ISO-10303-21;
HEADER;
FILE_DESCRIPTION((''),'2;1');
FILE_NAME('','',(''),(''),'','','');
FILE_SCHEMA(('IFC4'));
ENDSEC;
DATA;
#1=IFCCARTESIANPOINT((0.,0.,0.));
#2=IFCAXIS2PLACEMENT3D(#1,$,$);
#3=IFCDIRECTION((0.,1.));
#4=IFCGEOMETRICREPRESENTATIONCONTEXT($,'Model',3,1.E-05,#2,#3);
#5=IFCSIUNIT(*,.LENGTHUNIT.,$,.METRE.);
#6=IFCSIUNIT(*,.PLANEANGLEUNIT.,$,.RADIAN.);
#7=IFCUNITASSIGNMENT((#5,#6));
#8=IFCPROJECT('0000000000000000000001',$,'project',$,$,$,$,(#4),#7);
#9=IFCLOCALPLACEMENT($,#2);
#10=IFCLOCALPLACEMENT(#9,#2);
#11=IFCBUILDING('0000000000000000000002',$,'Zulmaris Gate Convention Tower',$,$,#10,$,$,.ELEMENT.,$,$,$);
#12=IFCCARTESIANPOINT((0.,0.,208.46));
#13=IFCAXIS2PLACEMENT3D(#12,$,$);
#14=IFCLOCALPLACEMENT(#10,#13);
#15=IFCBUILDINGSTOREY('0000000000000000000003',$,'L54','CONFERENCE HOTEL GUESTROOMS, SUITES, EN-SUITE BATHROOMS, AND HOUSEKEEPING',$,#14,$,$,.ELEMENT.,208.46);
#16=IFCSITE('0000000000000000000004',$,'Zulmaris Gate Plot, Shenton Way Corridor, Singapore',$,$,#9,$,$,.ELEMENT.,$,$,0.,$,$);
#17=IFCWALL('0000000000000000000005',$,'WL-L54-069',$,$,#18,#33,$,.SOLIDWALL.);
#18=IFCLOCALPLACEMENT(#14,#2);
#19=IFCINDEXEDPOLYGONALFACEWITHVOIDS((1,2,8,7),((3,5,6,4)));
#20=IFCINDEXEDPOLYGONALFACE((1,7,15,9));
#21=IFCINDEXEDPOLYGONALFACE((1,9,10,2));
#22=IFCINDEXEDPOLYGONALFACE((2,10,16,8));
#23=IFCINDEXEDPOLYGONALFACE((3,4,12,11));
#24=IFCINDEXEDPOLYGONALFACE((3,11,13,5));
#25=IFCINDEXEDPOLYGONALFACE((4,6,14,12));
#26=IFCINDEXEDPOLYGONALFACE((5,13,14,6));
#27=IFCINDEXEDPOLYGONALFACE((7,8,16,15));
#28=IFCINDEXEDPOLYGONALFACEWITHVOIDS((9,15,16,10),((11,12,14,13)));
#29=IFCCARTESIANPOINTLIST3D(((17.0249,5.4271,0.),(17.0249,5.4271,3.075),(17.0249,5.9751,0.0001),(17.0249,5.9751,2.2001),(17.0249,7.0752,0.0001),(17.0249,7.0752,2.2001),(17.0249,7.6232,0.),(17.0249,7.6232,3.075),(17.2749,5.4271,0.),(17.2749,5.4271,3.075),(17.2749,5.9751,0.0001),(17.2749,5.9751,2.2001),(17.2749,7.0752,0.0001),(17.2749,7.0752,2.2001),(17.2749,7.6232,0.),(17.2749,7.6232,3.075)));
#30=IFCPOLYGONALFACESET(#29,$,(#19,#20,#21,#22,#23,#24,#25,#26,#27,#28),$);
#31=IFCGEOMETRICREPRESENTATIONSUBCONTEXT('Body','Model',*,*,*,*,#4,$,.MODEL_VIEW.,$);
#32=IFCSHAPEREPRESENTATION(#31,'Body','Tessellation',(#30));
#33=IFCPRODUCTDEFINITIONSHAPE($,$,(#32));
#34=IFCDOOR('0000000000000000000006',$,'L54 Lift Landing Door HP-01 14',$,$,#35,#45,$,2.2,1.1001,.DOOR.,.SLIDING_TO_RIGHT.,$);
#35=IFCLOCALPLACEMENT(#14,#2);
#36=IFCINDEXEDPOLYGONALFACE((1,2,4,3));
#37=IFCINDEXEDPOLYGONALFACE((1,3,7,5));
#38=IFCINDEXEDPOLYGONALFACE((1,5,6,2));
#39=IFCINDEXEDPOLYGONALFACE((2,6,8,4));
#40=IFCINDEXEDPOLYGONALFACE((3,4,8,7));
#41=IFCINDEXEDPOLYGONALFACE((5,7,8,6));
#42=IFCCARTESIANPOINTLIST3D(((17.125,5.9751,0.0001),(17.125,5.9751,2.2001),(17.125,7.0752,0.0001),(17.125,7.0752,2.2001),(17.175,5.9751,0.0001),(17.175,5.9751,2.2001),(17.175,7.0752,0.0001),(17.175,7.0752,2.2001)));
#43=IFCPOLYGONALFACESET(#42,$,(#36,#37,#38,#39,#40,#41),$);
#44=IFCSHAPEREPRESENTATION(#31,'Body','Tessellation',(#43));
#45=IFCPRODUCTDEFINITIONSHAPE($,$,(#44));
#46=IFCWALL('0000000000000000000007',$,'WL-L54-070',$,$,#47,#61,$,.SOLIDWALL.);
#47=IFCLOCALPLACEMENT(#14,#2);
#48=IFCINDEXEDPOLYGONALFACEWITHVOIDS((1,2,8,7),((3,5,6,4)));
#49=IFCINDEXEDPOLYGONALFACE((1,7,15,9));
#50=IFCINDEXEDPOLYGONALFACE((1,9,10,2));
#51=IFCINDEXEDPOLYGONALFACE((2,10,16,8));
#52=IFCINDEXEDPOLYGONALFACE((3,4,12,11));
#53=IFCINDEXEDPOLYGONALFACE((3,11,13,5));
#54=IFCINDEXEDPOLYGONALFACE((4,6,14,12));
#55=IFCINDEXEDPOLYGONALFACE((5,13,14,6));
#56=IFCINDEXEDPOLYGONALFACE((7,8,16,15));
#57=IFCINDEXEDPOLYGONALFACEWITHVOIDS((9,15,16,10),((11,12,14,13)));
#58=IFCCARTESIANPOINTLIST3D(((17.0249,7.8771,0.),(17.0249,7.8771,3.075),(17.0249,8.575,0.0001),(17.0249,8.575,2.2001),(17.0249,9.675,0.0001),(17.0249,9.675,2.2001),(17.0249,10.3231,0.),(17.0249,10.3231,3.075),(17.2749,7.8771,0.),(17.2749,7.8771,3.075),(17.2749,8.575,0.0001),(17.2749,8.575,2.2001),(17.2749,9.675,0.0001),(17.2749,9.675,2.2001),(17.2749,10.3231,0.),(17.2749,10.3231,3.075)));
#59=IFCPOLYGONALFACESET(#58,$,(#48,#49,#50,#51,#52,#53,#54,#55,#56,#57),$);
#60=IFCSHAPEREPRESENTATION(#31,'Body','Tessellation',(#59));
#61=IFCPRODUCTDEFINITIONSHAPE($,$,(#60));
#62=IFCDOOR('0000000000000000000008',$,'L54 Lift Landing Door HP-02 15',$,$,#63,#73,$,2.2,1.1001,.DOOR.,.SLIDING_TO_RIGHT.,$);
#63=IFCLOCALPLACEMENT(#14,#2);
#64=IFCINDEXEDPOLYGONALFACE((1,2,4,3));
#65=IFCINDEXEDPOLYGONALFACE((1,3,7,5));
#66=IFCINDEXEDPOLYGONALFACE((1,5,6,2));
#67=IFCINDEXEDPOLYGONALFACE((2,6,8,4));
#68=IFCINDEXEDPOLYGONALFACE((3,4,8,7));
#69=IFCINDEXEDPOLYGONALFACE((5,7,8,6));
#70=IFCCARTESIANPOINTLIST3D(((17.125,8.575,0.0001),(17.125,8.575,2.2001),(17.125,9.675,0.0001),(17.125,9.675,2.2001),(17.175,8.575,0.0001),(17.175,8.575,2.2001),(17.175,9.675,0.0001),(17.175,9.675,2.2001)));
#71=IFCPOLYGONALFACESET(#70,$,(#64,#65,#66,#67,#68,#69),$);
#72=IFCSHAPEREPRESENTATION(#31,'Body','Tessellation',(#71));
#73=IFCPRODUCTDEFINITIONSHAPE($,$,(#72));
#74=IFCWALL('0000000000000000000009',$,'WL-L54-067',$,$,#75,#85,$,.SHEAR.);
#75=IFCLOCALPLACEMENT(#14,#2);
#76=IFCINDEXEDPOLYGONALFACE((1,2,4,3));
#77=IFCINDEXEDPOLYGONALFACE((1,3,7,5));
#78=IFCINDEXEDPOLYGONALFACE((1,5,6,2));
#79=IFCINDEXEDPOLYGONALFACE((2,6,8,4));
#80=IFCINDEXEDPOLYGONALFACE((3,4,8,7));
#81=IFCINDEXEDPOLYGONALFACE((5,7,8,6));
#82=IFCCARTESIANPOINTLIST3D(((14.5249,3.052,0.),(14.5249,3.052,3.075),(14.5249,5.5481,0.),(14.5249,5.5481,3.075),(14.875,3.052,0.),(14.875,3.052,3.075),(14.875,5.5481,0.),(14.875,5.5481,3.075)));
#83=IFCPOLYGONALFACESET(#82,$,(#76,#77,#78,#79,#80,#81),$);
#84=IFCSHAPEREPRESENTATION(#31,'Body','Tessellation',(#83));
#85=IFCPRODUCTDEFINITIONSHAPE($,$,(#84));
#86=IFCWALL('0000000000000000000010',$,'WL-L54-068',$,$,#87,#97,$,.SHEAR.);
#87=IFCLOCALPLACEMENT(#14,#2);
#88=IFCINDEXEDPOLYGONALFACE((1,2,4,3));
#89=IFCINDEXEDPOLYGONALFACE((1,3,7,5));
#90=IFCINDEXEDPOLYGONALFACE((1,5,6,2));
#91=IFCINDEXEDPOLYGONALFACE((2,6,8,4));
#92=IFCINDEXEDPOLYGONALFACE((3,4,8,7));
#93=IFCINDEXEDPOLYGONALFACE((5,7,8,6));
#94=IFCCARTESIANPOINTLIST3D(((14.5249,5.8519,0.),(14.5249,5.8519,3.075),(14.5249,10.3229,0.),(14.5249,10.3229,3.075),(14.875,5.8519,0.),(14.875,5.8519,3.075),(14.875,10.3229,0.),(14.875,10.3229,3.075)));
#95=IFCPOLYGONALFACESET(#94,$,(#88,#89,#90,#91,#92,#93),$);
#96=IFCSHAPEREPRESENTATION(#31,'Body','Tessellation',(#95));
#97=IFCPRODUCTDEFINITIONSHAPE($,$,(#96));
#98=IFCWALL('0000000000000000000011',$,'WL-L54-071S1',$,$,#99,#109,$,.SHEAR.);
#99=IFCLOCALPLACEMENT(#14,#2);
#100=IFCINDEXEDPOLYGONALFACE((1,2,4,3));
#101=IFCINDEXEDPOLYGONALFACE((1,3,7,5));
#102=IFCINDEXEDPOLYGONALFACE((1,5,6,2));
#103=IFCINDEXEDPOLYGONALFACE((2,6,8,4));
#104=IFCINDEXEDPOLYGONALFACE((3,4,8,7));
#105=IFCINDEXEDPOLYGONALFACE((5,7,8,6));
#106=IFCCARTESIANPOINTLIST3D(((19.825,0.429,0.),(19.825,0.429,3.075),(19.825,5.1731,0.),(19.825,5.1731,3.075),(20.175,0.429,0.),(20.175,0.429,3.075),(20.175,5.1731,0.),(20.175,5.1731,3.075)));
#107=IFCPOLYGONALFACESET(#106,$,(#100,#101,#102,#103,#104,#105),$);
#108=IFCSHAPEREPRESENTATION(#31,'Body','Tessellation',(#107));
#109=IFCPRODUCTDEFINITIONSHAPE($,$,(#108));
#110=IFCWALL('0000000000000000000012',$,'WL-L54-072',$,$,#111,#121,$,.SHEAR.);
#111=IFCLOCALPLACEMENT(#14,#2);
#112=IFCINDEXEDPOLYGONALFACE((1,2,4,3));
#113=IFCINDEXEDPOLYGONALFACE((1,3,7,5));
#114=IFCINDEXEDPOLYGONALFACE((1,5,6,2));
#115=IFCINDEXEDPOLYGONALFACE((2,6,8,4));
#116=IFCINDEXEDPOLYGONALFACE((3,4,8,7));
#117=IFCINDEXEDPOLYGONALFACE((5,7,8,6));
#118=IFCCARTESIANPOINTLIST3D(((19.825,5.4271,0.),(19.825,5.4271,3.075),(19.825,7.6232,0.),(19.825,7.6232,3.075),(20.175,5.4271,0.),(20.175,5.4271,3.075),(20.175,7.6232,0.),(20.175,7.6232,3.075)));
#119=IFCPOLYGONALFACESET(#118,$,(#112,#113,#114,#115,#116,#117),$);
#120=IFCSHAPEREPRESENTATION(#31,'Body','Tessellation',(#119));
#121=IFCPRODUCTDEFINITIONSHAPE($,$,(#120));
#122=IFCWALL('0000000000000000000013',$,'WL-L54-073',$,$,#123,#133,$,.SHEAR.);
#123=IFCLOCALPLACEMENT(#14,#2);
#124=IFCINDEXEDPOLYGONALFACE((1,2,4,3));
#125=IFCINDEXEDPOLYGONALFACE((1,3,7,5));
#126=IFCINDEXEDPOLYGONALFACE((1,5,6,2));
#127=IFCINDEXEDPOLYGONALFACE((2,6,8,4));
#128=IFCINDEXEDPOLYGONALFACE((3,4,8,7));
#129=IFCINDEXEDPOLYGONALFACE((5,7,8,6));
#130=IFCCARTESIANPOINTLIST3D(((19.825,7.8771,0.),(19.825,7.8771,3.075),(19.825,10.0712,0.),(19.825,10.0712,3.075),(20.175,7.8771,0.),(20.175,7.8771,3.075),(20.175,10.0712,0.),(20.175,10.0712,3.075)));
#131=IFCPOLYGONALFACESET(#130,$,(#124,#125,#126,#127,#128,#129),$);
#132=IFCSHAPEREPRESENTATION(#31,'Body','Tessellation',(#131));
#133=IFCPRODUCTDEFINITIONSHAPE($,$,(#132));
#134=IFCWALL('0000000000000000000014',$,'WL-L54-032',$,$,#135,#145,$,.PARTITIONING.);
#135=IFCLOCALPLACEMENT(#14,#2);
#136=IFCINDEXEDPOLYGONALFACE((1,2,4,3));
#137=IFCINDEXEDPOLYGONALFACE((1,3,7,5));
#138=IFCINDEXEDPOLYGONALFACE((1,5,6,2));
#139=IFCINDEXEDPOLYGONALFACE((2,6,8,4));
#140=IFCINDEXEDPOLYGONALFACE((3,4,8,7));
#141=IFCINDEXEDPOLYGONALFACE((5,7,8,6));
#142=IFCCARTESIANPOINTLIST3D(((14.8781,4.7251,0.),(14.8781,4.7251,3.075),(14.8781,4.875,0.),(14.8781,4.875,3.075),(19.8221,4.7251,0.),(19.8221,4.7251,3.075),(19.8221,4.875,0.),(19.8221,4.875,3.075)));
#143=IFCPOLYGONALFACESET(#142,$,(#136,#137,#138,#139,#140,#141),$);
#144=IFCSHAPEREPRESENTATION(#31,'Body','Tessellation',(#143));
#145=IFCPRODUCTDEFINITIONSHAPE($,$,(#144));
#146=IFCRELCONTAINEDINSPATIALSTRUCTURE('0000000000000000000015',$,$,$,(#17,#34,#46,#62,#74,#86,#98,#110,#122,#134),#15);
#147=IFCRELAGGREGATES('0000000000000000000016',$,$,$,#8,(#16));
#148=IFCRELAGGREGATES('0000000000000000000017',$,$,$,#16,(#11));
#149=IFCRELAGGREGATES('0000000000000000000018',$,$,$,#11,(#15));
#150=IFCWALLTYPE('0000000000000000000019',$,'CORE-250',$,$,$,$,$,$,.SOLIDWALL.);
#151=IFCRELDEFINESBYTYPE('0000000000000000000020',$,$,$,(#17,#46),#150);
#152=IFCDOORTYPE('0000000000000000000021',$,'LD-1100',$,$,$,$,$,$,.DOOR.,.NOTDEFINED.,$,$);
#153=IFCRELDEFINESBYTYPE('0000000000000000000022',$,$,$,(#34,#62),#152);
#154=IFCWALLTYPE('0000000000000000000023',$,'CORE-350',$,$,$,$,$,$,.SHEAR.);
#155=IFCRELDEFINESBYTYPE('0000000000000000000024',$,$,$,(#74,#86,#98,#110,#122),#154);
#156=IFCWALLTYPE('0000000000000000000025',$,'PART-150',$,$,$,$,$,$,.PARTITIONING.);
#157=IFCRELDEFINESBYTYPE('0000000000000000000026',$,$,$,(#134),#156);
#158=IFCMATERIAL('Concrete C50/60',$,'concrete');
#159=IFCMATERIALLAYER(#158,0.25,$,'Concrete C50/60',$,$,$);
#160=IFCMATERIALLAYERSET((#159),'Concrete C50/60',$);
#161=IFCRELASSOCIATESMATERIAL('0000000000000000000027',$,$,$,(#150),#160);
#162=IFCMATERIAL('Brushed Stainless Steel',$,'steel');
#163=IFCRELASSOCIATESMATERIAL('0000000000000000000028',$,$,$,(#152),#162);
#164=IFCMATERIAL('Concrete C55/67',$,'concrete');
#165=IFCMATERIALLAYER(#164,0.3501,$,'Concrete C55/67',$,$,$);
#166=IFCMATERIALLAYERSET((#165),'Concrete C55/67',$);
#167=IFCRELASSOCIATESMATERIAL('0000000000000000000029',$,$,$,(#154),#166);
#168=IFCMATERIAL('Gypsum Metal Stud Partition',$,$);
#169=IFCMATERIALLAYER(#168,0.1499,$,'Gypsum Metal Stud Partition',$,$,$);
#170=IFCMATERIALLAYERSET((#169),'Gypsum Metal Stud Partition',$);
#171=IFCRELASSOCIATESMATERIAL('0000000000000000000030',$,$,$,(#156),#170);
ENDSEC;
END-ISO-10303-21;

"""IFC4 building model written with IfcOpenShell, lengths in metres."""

from ifc_helpers import new_model, si_unit, direction, frame, frame_2d, origin, place, context, subcontext, project, spatial, rectangle, extrude, material, layer, layer_set, type_object, element, fill, save


model = new_model("IFC4")

# Units and contexts
model_context = context("Model", 3, precision=1e-05, world=origin(), true_north=direction((0.0, 1.0)))
body_context = subcontext(model_context, "Body", "Model", "MODEL_VIEW")
ifc_project = project(units=[si_unit("LENGTHUNIT", "METRE"), si_unit("PLANEANGLEUNIT", "RADIAN")], contexts=[model_context])

# Site, building, storey
site_placement = place(None, origin())
site = spatial("IfcSite", under=ifc_project, at=site_placement, Name="Zulmaris Gate Plot, Shenton Way Corridor, Singapore", CompositionType="ELEMENT", RefElevation=0.0)
building_placement = place(site_placement, origin())
building = spatial("IfcBuilding", under=site, at=building_placement, Name="Zulmaris Gate Convention Tower", CompositionType="ELEMENT")
storey_placement = place(building_placement, frame((0.0, 0.0, 208.46)))
storey = spatial("IfcBuildingStorey", under=building, at=storey_placement, Name="L54", Description="CONFERENCE HOTEL GUESTROOMS, SUITES, EN-SUITE BATHROOMS, AND HOUSEKEEPING", CompositionType="ELEMENT", Elevation=208.46)

# Shared definitions
ifc_material_1 = material(Name="Concrete C50/60", Category="concrete")

# Shared definitions
ifc_layer_1 = layer(ifc_material_1, 0.25, Name="Concrete C50/60")
ifc_layer_set_1 = layer_set([ifc_layer_1], Name="Concrete C50/60")
wall_type_1 = type_object("IfcWallType", Name="CORE-250", PredefinedType="SOLIDWALL", material=ifc_layer_set_1)

# Walls, openings, doors
wall_1_placement = place(storey_placement, frame((17.1499, 5.427, 0.0), z_axis=(0.0, 0.0, 1.0), x_axis=(0.0, 1.0, 0.0)))
wall_1 = element("IfcWall", 1, at=wall_1_placement, inside=storey, type_object=wall_type_1, Name="WL-L54-069", PredefinedType="SOLIDWALL", context=body_context, shape_type="SweptSolid", body=[
    extrude(rectangle(XDim=2.196, YDim=0.25, at=frame_2d((1.0981, 0.0))), origin(), (0.0, 0.0, 1.0), 3.075),
])
opening_1_placement = place(wall_1_placement, frame((0.5481, 0.0, 0.0)))
opening_1 = element("IfcOpeningElement", 2, at=opening_1_placement, cuts=wall_1, PredefinedType="OPENING", context=body_context, shape_type="SweptSolid", body=[
    extrude(rectangle(XDim=1.1001, YDim=2.2, at=frame_2d((0.55, 1.1001))), frame((0.0, 0.135, 0.0), z_axis=(0.0, -1.0, 0.0), x_axis=(1.0, 0.0, 0.0)), (0.0, 0.0, 1.0), 0.27),
])
ifc_material_2 = material(Name="Brushed Stainless Steel", Category="steel")
door_type = type_object("IfcDoorType", Name="LD-1100", OperationType="NOTDEFINED", PredefinedType="DOOR", material=ifc_material_2)
door_1_placement = place(opening_1_placement, origin())
door_1 = element("IfcDoor", 3, at=door_1_placement, inside=storey, type_object=door_type, Name="L54 Lift Landing Door HP-01 14", OperationType="SLIDING_TO_RIGHT", OverallHeight=2.2, OverallWidth=1.1001, PredefinedType="DOOR", context=body_context, shape_type="SweptSolid", body=[
    extrude(rectangle(XDim=1.1001, YDim=2.2, at=frame_2d((0.55, 1.1001))), frame((0.0, 0.0249, 0.0), z_axis=(0.0, -1.0, 0.0), x_axis=(1.0, 0.0, 0.0)), (0.0, 0.0, 1.0), 0.05),
])
fill(opening_1, door_1)
wall_2_placement = place(storey_placement, frame((17.1499, 7.877, 0.0), z_axis=(0.0, 0.0, 1.0), x_axis=(0.0, 1.0, 0.0)))
wall_2 = element("IfcWall", 4, at=wall_2_placement, inside=storey, type_object=wall_type_1, Name="WL-L54-070", PredefinedType="SOLIDWALL", context=body_context, shape_type="SweptSolid", body=[
    extrude(rectangle(XDim=2.446, YDim=0.25, at=frame_2d((1.2231, 0.0))), origin(), (0.0, 0.0, 1.0), 3.075),
])
opening_2_placement = place(wall_2_placement, frame((0.698, 0.0, 0.0)))
opening_2 = element("IfcOpeningElement", 5, at=opening_2_placement, cuts=wall_2, PredefinedType="OPENING", context=body_context, shape_type="SweptSolid", body=[
    extrude(rectangle(XDim=1.1001, YDim=2.2, at=frame_2d((0.55, 1.1001))), frame((0.0, 0.135, 0.0), z_axis=(0.0, -1.0, 0.0), x_axis=(1.0, 0.0, 0.0)), (0.0, 0.0, 1.0), 0.27),
])
door_2_placement = place(opening_2_placement, origin())
door_2 = element("IfcDoor", 6, at=door_2_placement, inside=storey, type_object=door_type, Name="L54 Lift Landing Door HP-02 15", OperationType="SLIDING_TO_RIGHT", OverallHeight=2.2, OverallWidth=1.1001, PredefinedType="DOOR", context=body_context, shape_type="SweptSolid", body=[
    extrude(rectangle(XDim=1.1001, YDim=2.2, at=frame_2d((0.55, 1.1001))), frame((0.0, 0.0249, 0.0), z_axis=(0.0, -1.0, 0.0), x_axis=(1.0, 0.0, 0.0)), (0.0, 0.0, 1.0), 0.05),
])
fill(opening_2, door_2)

# Walls
ifc_material_3 = material(Name="Concrete C55/67", Category="concrete")
ifc_layer_2 = layer(ifc_material_3, 0.3501, Name="Concrete C55/67")
ifc_layer_set_2 = layer_set([ifc_layer_2], Name="Concrete C55/67")
wall_type_2 = type_object("IfcWallType", Name="CORE-350", PredefinedType="SHEAR", material=ifc_layer_set_2)
wall_3_placement = place(storey_placement, frame((14.7, 3.052, 0.0), z_axis=(0.0, 0.0, 1.0), x_axis=(0.0, 1.0, 0.0)))
element("IfcWall", 7, at=wall_3_placement, inside=storey, type_object=wall_type_2, Name="WL-L54-067", PredefinedType="SHEAR", context=body_context, shape_type="SweptSolid", body=[
    extrude(rectangle(XDim=2.4961, YDim=0.3501, at=frame_2d((1.248, 0.0))), origin(), (0.0, 0.0, 1.0), 3.075),
])
wall_4_placement = place(storey_placement, frame((14.7, 5.8521, 0.0), z_axis=(0.0, 0.0, 1.0), x_axis=(0.0, 1.0, 0.0)))
element("IfcWall", 8, at=wall_4_placement, inside=storey, type_object=wall_type_2, Name="WL-L54-068", PredefinedType="SHEAR", context=body_context, shape_type="SweptSolid", body=[
    extrude(rectangle(XDim=4.4709, YDim=0.3501, at=frame_2d((2.2354, 0.0))), origin(), (0.0, 0.0, 1.0), 3.075),
])
wall_5_placement = place(storey_placement, frame((20.0, 0.429, 0.0), z_axis=(0.0, 0.0, 1.0), x_axis=(0.0, 1.0, 0.0)))
element("IfcWall", 9, at=wall_5_placement, inside=storey, type_object=wall_type_2, Name="WL-L54-071S1", PredefinedType="SHEAR", context=body_context, shape_type="SweptSolid", body=[
    extrude(rectangle(XDim=4.7441, YDim=0.3501, at=frame_2d((2.3721, 0.0))), origin(), (0.0, 0.0, 1.0), 3.075),
])
wall_6_placement = place(storey_placement, frame((20.0, 5.427, 0.0), z_axis=(0.0, 0.0, 1.0), x_axis=(0.0, 1.0, 0.0)))
element("IfcWall", 10, at=wall_6_placement, inside=storey, type_object=wall_type_2, Name="WL-L54-072", PredefinedType="SHEAR", context=body_context, shape_type="SweptSolid", body=[
    extrude(rectangle(XDim=2.196, YDim=0.3501, at=frame_2d((1.0981, 0.0))), origin(), (0.0, 0.0, 1.0), 3.075),
])
wall_7_placement = place(storey_placement, frame((20.0, 7.877, 0.0), z_axis=(0.0, 0.0, 1.0), x_axis=(0.0, 1.0, 0.0)))
element("IfcWall", 11, at=wall_7_placement, inside=storey, type_object=wall_type_2, Name="WL-L54-073", PredefinedType="SHEAR", context=body_context, shape_type="SweptSolid", body=[
    extrude(rectangle(XDim=2.1941, YDim=0.3501, at=frame_2d((1.0972, 0.0))), origin(), (0.0, 0.0, 1.0), 3.075),
])
ifc_material_4 = material(Name="Gypsum Metal Stud Partition")
ifc_layer_3 = layer(ifc_material_4, 0.1499, Name="Gypsum Metal Stud Partition")
ifc_layer_set_3 = layer_set([ifc_layer_3], Name="Gypsum Metal Stud Partition")
wall_type_3 = type_object("IfcWallType", Name="PART-150", PredefinedType="PARTITIONING", material=ifc_layer_set_3)
wall_8_placement = place(storey_placement, frame((14.8779, 4.8, 0.0), z_axis=(0.0, 0.0, 1.0), x_axis=(1.0, 0.0, 0.0)))
element("IfcWall", 12, at=wall_8_placement, inside=storey, type_object=wall_type_3, Name="WL-L54-032", PredefinedType="PARTITIONING", context=body_context, shape_type="SweptSolid", body=[
    extrude(rectangle(XDim=4.9441, YDim=0.1499, at=frame_2d((2.4722, 0.0))), origin(), (0.0, 0.0, 1.0), 3.075),
])

save(model, "model.ifc")
